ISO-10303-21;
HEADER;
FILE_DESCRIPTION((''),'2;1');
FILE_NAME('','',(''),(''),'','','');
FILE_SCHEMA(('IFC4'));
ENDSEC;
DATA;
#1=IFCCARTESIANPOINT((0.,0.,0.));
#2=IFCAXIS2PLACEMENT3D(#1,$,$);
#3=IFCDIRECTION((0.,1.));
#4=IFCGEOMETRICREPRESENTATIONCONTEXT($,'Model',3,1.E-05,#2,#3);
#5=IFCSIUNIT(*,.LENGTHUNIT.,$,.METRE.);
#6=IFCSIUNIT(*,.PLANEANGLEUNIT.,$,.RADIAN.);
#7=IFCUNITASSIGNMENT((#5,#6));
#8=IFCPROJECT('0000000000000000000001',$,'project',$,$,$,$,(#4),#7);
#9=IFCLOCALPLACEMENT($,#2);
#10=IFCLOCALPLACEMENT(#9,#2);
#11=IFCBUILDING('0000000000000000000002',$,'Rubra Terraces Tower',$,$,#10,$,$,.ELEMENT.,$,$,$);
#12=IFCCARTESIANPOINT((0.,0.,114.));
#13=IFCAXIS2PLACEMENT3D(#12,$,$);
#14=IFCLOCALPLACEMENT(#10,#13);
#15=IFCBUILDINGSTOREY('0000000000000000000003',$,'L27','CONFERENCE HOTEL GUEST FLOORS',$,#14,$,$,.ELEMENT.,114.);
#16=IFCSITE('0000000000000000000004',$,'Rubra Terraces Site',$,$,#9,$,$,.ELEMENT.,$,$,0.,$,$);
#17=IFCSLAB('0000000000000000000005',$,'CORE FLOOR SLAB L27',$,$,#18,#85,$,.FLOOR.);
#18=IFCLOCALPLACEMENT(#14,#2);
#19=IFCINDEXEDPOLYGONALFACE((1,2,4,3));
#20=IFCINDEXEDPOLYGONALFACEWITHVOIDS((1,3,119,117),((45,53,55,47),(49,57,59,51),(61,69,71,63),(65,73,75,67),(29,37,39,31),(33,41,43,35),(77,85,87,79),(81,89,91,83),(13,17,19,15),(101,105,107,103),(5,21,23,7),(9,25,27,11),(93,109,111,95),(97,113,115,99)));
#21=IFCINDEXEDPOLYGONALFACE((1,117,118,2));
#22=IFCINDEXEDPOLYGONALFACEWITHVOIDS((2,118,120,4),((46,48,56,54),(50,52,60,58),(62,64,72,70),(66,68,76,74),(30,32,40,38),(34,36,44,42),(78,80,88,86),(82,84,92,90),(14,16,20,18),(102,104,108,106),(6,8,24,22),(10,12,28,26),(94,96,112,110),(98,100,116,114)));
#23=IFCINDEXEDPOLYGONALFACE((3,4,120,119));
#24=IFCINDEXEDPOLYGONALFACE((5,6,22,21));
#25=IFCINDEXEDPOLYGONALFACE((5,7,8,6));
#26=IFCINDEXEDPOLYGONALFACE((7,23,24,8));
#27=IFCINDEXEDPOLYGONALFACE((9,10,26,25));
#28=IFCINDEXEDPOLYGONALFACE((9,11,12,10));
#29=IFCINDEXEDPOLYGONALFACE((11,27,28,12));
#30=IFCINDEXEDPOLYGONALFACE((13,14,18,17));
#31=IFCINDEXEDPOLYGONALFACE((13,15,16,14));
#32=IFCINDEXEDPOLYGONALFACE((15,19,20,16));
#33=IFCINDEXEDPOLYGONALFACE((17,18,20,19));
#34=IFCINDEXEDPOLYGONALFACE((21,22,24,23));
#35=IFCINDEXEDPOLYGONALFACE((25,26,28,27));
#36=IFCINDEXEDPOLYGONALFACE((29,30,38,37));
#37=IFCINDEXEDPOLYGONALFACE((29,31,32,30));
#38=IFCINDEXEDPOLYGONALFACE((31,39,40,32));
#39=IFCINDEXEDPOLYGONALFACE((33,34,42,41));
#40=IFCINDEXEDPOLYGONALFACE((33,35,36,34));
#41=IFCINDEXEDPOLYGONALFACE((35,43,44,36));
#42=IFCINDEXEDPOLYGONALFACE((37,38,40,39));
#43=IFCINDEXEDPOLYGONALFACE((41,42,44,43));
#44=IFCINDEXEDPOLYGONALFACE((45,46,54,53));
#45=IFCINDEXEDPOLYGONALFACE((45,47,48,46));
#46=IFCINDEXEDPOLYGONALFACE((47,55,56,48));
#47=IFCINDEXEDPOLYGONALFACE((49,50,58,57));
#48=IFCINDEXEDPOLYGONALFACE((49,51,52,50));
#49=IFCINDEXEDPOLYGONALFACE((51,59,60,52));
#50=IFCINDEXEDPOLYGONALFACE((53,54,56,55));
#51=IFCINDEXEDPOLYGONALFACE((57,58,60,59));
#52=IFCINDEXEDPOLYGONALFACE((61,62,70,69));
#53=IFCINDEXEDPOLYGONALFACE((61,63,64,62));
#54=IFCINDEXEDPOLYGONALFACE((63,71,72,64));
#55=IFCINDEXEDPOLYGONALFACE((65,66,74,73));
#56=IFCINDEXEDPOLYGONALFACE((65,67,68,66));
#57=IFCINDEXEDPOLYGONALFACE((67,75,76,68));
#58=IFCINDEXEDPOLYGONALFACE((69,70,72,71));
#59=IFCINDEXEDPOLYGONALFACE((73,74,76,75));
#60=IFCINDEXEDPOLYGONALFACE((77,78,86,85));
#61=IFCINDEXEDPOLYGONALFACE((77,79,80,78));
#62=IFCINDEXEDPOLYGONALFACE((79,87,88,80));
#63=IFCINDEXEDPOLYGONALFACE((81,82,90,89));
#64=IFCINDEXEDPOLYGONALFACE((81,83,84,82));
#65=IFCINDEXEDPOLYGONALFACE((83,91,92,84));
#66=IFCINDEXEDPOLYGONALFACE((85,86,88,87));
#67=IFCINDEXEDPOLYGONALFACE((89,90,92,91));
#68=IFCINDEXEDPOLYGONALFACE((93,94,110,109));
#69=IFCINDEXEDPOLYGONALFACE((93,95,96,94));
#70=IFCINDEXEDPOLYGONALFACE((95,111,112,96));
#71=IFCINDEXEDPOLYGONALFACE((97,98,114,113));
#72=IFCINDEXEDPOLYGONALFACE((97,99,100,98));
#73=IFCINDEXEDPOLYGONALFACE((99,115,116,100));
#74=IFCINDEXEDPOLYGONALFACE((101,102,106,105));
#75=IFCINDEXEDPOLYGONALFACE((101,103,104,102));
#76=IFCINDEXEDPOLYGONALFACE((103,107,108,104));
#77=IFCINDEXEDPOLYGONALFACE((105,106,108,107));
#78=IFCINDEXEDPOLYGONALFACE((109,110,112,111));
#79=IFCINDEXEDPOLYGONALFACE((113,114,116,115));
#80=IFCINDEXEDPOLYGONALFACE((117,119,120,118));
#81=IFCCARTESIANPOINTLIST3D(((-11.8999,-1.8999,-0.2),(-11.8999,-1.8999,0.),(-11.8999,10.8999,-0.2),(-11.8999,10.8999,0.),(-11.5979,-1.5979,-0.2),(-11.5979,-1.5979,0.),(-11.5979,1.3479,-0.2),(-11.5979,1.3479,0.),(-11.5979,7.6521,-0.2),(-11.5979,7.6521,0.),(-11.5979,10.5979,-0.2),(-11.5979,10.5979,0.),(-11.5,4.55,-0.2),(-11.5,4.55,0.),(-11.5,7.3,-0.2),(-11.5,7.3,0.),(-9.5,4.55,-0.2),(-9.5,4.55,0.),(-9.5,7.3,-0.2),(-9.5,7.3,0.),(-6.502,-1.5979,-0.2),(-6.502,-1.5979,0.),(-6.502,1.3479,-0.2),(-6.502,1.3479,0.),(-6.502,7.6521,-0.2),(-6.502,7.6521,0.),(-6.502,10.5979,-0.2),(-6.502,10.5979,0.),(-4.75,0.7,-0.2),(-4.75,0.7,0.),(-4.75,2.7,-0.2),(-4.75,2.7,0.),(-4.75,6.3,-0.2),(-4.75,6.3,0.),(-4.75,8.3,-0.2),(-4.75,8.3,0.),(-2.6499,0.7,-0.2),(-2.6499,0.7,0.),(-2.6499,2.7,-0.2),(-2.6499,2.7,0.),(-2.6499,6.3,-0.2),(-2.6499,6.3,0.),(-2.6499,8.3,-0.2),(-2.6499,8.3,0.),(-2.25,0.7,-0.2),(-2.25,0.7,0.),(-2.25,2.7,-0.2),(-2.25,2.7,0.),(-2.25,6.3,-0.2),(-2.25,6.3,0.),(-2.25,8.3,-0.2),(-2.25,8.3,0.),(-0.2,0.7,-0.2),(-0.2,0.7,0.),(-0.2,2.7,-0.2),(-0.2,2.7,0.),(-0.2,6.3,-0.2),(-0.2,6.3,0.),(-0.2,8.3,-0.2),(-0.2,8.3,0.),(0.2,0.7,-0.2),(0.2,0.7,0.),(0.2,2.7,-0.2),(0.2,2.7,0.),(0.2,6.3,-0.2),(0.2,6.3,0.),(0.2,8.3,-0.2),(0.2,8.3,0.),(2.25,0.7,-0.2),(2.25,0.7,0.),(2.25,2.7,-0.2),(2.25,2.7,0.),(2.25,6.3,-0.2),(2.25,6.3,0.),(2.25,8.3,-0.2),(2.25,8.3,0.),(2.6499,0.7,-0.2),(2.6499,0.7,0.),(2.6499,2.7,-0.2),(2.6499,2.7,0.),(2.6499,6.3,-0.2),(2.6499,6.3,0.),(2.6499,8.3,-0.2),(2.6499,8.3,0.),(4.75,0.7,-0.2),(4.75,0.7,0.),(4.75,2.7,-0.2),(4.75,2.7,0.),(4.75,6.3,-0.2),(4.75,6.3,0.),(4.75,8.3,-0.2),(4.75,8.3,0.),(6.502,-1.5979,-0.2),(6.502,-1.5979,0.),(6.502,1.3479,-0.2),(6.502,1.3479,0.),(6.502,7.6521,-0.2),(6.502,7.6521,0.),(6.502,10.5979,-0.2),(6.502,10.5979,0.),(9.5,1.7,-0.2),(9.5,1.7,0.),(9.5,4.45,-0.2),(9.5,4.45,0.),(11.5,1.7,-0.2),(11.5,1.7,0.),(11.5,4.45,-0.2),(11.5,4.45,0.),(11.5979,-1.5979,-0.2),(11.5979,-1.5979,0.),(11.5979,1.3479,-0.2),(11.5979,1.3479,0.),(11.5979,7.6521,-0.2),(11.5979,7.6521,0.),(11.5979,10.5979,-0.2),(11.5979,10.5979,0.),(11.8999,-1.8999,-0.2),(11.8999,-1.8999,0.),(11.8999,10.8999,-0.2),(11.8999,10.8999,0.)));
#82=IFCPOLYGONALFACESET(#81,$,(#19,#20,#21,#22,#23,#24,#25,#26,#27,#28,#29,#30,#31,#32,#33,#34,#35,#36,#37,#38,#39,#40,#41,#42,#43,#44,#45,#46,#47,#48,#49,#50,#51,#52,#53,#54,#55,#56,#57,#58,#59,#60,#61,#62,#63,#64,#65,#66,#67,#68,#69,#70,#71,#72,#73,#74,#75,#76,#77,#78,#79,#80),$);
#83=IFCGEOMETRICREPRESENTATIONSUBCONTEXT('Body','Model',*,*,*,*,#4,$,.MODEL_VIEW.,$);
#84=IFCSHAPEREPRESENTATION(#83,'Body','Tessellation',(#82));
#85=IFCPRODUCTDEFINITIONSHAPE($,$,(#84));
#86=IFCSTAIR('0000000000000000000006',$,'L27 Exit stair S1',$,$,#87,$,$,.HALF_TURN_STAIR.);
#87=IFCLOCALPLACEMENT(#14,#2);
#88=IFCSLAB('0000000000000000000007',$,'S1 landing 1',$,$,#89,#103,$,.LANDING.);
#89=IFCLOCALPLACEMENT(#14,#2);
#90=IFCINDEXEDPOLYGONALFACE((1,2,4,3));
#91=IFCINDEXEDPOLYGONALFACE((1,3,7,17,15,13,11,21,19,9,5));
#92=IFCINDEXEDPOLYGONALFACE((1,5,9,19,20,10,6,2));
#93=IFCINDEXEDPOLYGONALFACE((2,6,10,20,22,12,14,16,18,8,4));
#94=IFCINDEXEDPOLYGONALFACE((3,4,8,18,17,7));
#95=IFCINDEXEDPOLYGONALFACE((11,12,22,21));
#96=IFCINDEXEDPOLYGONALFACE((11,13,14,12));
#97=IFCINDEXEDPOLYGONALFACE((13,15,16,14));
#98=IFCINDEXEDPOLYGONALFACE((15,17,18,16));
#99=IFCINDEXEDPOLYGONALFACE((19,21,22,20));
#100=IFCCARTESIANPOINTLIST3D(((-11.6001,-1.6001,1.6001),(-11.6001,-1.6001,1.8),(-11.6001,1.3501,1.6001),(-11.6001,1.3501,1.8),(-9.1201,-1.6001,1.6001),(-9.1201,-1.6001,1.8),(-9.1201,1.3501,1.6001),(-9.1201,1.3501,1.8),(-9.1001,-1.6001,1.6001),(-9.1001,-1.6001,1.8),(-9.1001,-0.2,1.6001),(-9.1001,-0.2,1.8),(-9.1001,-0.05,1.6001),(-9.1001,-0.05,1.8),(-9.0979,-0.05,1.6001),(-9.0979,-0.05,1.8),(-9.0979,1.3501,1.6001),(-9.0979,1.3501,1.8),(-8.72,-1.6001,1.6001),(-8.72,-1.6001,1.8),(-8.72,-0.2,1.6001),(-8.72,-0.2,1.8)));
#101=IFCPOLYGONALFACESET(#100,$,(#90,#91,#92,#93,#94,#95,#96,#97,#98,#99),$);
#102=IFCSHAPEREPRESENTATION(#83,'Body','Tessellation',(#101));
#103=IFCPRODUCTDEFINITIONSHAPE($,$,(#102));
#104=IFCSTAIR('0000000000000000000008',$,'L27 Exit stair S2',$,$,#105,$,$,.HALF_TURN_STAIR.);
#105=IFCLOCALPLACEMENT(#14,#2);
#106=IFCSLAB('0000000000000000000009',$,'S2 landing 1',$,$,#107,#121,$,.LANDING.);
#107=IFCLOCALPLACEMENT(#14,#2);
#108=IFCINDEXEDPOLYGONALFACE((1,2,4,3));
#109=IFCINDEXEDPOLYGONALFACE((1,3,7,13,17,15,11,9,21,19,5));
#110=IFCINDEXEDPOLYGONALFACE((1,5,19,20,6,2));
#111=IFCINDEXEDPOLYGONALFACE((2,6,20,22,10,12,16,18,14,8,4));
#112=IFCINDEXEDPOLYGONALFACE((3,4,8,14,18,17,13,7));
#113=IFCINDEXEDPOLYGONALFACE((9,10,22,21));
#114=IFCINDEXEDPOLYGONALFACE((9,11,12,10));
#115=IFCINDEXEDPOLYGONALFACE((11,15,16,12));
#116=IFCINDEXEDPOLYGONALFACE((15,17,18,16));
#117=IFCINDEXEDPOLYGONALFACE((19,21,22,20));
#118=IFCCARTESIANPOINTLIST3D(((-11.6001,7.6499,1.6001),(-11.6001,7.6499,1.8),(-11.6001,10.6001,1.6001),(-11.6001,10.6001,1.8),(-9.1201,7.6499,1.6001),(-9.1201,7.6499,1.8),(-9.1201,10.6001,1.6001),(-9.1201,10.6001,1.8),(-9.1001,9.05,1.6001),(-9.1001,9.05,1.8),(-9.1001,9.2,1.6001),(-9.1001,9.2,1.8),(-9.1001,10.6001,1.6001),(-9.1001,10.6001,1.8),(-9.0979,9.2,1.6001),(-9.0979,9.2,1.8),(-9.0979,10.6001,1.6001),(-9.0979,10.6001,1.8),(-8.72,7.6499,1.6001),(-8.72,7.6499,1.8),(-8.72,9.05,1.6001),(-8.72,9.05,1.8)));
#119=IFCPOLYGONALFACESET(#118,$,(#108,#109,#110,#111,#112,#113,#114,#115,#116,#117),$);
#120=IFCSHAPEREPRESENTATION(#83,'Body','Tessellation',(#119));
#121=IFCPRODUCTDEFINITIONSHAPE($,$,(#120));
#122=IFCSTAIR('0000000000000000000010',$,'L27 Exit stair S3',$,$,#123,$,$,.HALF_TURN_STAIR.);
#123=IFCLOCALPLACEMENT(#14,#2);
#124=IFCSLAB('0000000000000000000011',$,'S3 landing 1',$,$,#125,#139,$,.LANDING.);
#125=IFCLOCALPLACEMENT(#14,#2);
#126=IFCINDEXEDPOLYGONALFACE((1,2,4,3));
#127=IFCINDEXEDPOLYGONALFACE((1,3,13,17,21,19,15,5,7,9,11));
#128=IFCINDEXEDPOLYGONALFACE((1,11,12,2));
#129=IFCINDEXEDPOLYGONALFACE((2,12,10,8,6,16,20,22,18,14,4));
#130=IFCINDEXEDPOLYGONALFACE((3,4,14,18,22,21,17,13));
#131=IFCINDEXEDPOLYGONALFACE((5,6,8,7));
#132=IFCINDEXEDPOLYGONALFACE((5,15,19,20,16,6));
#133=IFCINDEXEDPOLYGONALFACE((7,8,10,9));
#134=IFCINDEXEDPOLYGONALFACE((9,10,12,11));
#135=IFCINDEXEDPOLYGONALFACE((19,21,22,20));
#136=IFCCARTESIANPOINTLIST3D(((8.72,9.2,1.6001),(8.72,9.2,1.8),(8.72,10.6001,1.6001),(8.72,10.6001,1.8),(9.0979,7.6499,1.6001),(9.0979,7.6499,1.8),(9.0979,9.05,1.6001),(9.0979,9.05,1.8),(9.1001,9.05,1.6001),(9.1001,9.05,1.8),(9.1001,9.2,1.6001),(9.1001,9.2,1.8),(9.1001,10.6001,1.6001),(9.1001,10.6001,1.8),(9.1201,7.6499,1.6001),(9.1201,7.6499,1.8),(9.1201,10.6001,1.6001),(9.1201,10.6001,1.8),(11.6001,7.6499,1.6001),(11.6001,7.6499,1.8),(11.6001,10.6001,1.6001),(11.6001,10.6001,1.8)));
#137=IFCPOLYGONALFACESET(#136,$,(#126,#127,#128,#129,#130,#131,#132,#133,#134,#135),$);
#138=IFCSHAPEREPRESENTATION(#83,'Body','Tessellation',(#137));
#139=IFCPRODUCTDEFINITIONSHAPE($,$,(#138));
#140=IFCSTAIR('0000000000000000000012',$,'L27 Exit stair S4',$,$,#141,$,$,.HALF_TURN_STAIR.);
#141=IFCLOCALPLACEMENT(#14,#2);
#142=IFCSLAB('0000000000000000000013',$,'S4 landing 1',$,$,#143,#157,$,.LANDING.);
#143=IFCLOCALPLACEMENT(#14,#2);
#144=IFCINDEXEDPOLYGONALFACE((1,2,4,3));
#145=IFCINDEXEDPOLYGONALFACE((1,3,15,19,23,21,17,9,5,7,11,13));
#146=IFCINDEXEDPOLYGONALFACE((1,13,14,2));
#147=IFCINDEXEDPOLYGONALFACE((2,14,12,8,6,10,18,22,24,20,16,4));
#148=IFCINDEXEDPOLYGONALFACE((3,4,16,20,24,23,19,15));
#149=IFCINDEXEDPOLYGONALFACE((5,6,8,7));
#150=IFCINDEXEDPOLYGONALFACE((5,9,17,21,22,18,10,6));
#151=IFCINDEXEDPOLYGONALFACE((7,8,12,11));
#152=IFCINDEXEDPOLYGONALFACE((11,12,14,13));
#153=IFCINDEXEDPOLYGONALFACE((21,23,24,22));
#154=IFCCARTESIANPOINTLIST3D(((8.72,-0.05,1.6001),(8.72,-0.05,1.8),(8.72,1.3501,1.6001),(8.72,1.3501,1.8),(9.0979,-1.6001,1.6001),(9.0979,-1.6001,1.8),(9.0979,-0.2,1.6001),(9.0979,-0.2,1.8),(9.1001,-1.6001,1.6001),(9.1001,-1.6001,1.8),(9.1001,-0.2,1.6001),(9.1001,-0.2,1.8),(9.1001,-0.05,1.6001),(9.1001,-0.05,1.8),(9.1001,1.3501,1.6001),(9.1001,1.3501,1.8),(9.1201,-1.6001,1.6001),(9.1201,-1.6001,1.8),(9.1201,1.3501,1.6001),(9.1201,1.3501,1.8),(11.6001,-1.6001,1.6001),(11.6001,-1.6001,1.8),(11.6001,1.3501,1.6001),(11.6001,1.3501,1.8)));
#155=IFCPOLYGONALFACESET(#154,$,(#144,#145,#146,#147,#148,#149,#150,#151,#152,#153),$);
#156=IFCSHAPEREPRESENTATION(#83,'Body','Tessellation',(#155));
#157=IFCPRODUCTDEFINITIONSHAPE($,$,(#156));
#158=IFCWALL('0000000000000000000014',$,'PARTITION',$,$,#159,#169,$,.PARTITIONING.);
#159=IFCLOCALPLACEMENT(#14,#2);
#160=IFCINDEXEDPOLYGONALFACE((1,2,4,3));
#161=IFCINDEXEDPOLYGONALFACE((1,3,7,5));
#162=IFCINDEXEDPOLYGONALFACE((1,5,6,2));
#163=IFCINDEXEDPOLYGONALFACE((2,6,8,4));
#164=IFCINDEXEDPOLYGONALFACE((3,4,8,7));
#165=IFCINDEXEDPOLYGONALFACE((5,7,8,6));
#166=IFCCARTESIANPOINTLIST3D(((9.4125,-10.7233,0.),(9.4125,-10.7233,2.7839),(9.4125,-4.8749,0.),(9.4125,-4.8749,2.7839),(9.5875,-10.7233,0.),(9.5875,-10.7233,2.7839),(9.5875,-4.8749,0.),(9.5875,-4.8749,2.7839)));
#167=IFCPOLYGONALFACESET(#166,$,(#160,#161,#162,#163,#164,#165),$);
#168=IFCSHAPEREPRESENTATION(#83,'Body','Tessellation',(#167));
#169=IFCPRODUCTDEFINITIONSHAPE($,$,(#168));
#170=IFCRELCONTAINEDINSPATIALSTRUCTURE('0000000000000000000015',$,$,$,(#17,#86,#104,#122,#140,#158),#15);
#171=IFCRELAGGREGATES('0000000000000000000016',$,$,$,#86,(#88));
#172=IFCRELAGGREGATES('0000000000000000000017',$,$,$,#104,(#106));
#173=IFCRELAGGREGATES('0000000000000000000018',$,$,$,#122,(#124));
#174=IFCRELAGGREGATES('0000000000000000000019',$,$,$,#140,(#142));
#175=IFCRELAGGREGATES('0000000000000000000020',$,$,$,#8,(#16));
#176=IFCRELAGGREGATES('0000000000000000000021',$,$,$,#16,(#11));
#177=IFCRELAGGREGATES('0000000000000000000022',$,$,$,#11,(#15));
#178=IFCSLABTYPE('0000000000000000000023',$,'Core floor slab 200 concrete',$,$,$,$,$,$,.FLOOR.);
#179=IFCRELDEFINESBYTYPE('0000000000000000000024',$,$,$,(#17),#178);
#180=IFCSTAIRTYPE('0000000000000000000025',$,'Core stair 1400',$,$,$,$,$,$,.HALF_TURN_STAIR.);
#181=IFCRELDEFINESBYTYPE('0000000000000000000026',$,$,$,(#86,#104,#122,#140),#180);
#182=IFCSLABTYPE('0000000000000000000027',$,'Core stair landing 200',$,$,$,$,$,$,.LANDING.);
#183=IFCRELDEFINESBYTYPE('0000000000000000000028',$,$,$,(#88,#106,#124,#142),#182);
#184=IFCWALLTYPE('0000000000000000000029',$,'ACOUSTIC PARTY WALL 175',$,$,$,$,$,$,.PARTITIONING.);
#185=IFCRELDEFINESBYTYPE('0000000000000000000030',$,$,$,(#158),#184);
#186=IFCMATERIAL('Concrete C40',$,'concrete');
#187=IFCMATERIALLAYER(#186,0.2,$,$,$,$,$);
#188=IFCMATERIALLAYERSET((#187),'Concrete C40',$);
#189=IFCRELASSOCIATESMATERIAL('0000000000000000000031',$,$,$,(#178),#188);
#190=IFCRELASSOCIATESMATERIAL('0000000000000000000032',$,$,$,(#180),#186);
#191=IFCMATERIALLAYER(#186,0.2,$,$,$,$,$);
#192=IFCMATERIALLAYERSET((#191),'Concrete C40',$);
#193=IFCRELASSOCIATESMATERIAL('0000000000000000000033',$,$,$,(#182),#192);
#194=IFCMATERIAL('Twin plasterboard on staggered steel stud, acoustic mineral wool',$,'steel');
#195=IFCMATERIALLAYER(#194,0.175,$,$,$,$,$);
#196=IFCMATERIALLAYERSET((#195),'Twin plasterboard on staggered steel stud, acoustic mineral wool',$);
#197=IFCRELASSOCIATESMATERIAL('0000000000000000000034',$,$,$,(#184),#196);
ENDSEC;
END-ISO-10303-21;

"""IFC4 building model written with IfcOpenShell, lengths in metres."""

from ifc_helpers import new_model, si_unit, direction, frame, frame_2d, origin, place, context, subcontext, project, spatial, polyline, rectangle, outline, extrude, material, layer, layer_set, type_object, element, aggregate, save


model = new_model("IFC4")

# Units and contexts
model_context = context("Model", 3, precision=1e-05, world=origin(), true_north=direction((0.0, 1.0)))
body_context = subcontext(model_context, "Body", "Model", "MODEL_VIEW")
ifc_project = project(units=[si_unit("LENGTHUNIT", "METRE"), si_unit("PLANEANGLEUNIT", "RADIAN")], contexts=[model_context])

# Site, building, storey
site_placement = place(None, origin())
site = spatial("IfcSite", under=ifc_project, at=site_placement, Name="Rubra Terraces Site", CompositionType="ELEMENT", RefElevation=0.0)
building_placement = place(site_placement, origin())
building = spatial("IfcBuilding", under=site, at=building_placement, Name="Rubra Terraces Tower", CompositionType="ELEMENT")
storey_placement = place(building_placement, frame((0.0, 0.0, 114.0)))
storey = spatial("IfcBuildingStorey", under=building, at=storey_placement, Name="L27", Description="CONFERENCE HOTEL GUEST FLOORS", CompositionType="ELEMENT", Elevation=114.0)

# Slab
ifc_material_1 = material(Name="Concrete C40", Category="concrete")
ifc_layer_1 = layer(ifc_material_1, 0.2)
ifc_layer_set_1 = layer_set([ifc_layer_1], Name="Concrete C40")
slab_type_1 = type_object("IfcSlabType", Name="Core floor slab 200 concrete", PredefinedType="FLOOR", material=ifc_layer_set_1)
slab_1_placement = place(storey_placement, frame((0.0, 0.0, -0.2)))
element("IfcSlab", 1, at=slab_1_placement, inside=storey, type_object=slab_type_1, Name="CORE FLOOR SLAB L27", PredefinedType="FLOOR", context=body_context, shape_type="SweptSolid", body=[
    extrude(outline(polyline([(-11.8999, -1.8999), (-11.8999, 10.8999), (11.8999, 10.8999), (11.8999, -1.8999), (-11.8999, -1.8999)]), holes=[polyline([(11.5979, 1.3479), (6.502, 1.3479), (6.502, -1.5979), (11.5979, -1.5979), (11.5979, 1.3479)]), polyline([(11.5979, 7.6521), (11.5979, 10.5979), (6.502, 10.5979), (6.502, 7.6521), (11.5979, 7.6521)]), polyline([(9.5, 1.7), (11.5, 1.7), (11.5, 4.45), (9.5, 4.45), (9.5, 1.7)]), polyline([(4.75, 0.7), (4.75, 2.7), (2.6499, 2.7), (2.6499, 0.7), (4.75, 0.7)]), polyline([(4.75, 6.3), (4.75, 8.3), (2.6499, 8.3), (2.6499, 6.3), (4.75, 6.3)]), polyline([(2.25, 0.7), (2.25, 2.7), (0.2, 2.7), (0.2, 0.7), (2.25, 0.7)]), polyline([(2.25, 6.3), (2.25, 8.3), (0.2, 8.3), (0.2, 6.3), (2.25, 6.3)]), polyline([(-0.2, 0.7), (-0.2, 2.7), (-2.25, 2.7), (-2.25, 0.7), (-0.2, 0.7)]), polyline([(-0.2, 6.3), (-0.2, 8.3), (-2.25, 8.3), (-2.25, 6.3), (-0.2, 6.3)]), polyline([(-2.6499, 0.7), (-2.6499, 2.7), (-4.75, 2.7), (-4.75, 0.7), (-2.6499, 0.7)]), polyline([(-2.6499, 8.3), (-4.75, 8.3), (-4.75, 6.3), (-2.6499, 6.3), (-2.6499, 8.3)]), polyline([(-11.5979, -1.5979), (-6.502, -1.5979), (-6.502, 1.3479), (-11.5979, 1.3479), (-11.5979, -1.5979)]), polyline([(-11.5979, 10.5979), (-11.5979, 7.6521), (-6.502, 7.6521), (-6.502, 10.5979), (-11.5979, 10.5979)]), polyline([(-9.5, 4.55), (-9.5, 7.3), (-11.5, 7.3), (-11.5, 4.55), (-9.5, 4.55)])]), origin(), (0.0, 0.0, 1.0), 0.2),
])

# Stairs, slabs
stair_type = type_object("IfcStairType", Name="Core stair 1400", PredefinedType="HALF_TURN_STAIR", material=ifc_material_1)
stair_1_placement = place(storey_placement, origin())
stair_1 = element("IfcStair", 2, at=stair_1_placement, inside=storey, type_object=stair_type, Name="L27 Exit stair S1", PredefinedType="HALF_TURN_STAIR")
ifc_layer_2 = layer(ifc_material_1, 0.2)
ifc_layer_set_2 = layer_set([ifc_layer_2], Name="Concrete C40")
slab_type_2 = type_object("IfcSlabType", Name="Core stair landing 200", PredefinedType="LANDING", material=ifc_layer_set_2)
slab_2_placement = place(storey_placement, frame((0.0, 0.0, 1.6001)))
slab_2 = element("IfcSlab", 3, at=slab_2_placement, type_object=slab_type_2, Name="S1 landing 1", PredefinedType="LANDING", context=body_context, shape_type="SweptSolid", body=[
    extrude(outline(polyline([(-8.72, -0.2), (-8.72, -1.6001), (-9.1001, -1.6001), (-9.1201, -1.6001), (-11.6001, -1.6001), (-11.6001, 1.3501), (-9.1201, 1.3501), (-9.0979, 1.3501), (-9.0979, -0.05), (-9.1001, -0.05), (-9.1001, -0.2), (-8.72, -0.2)])), origin(), (0.0, 0.0, 1.0), 0.2),
])
aggregate(stair_1, [slab_2])
stair_2_placement = place(storey_placement, origin())
stair_2 = element("IfcStair", 4, at=stair_2_placement, inside=storey, type_object=stair_type, Name="L27 Exit stair S2", PredefinedType="HALF_TURN_STAIR")
slab_3_placement = place(storey_placement, frame((0.0, 0.0, 1.6001)))
slab_3 = element("IfcSlab", 5, at=slab_3_placement, type_object=slab_type_2, Name="S2 landing 1", PredefinedType="LANDING", context=body_context, shape_type="SweptSolid", body=[
    extrude(outline(polyline([(-8.72, 9.05), (-8.72, 7.6499), (-9.1201, 7.6499), (-11.6001, 7.6499), (-11.6001, 10.6001), (-9.1201, 10.6001), (-9.1001, 10.6001), (-9.0979, 10.6001), (-9.0979, 9.2), (-9.1001, 9.2), (-9.1001, 9.05), (-8.72, 9.05)])), origin(), (0.0, 0.0, 1.0), 0.2),
])
aggregate(stair_2, [slab_3])
stair_3_placement = place(storey_placement, origin())
stair_3 = element("IfcStair", 6, at=stair_3_placement, inside=storey, type_object=stair_type, Name="L27 Exit stair S3", PredefinedType="HALF_TURN_STAIR")
slab_4_placement = place(storey_placement, frame((0.0, 0.0, 1.6001)))
slab_4 = element("IfcSlab", 7, at=slab_4_placement, type_object=slab_type_2, Name="S3 landing 1", PredefinedType="LANDING", context=body_context, shape_type="SweptSolid", body=[
    extrude(outline(polyline([(9.1001, 9.05), (9.1001, 9.2), (8.72, 9.2), (8.72, 10.6001), (9.1001, 10.6001), (9.1201, 10.6001), (11.6001, 10.6001), (11.6001, 7.6499), (9.1201, 7.6499), (9.0979, 7.6499), (9.0979, 9.05), (9.1001, 9.05)])), origin(), (0.0, 0.0, 1.0), 0.2),
])
aggregate(stair_3, [slab_4])
stair_4_placement = place(storey_placement, origin())
stair_4 = element("IfcStair", 8, at=stair_4_placement, inside=storey, type_object=stair_type, Name="L27 Exit stair S4", PredefinedType="HALF_TURN_STAIR")
slab_5_placement = place(storey_placement, frame((0.0, 0.0, 1.6001)))
slab_5 = element("IfcSlab", 9, at=slab_5_placement, type_object=slab_type_2, Name="S4 landing 1", PredefinedType="LANDING", context=body_context, shape_type="SweptSolid", body=[
    extrude(outline(polyline([(9.1001, -0.2), (9.1001, -0.05), (8.72, -0.05), (8.72, 1.3501), (9.1001, 1.3501), (9.1201, 1.3501), (11.6001, 1.3501), (11.6001, -1.6001), (9.1201, -1.6001), (9.1001, -1.6001), (9.0979, -1.6001), (9.0979, -0.2), (9.1001, -0.2)])), origin(), (0.0, 0.0, 1.0), 0.2),
])

# Wall
ifc_material_2 = material(Name="Twin plasterboard on staggered steel stud, acoustic mineral wool", Category="steel")
ifc_layer_3 = layer(ifc_material_2, 0.175)
ifc_layer_set_3 = layer_set([ifc_layer_3], Name="Twin plasterboard on staggered steel stud, acoustic mineral wool")
wall_type_1 = type_object("IfcWallType", Name="ACOUSTIC PARTY WALL 175", PredefinedType="PARTITIONING", material=ifc_layer_set_3)
wall_1_placement = place(storey_placement, frame((9.5, -10.7234, 0.0), z_axis=(0.0, 0.0, 1.0), x_axis=(0.0, 1.0, 0.0)))
element("IfcWall", 10, at=wall_1_placement, inside=storey, type_object=wall_type_1, Name="PARTITION", PredefinedType="PARTITIONING", context=body_context, shape_type="SweptSolid", body=[
    extrude(rectangle(XDim=5.8484, YDim=0.175, at=frame_2d((2.9243, 0.0))), origin(), (0.0, 0.0, 1.0), 2.7839),
])

aggregate(stair_4, [slab_5])

save(model, "model.ifc")
